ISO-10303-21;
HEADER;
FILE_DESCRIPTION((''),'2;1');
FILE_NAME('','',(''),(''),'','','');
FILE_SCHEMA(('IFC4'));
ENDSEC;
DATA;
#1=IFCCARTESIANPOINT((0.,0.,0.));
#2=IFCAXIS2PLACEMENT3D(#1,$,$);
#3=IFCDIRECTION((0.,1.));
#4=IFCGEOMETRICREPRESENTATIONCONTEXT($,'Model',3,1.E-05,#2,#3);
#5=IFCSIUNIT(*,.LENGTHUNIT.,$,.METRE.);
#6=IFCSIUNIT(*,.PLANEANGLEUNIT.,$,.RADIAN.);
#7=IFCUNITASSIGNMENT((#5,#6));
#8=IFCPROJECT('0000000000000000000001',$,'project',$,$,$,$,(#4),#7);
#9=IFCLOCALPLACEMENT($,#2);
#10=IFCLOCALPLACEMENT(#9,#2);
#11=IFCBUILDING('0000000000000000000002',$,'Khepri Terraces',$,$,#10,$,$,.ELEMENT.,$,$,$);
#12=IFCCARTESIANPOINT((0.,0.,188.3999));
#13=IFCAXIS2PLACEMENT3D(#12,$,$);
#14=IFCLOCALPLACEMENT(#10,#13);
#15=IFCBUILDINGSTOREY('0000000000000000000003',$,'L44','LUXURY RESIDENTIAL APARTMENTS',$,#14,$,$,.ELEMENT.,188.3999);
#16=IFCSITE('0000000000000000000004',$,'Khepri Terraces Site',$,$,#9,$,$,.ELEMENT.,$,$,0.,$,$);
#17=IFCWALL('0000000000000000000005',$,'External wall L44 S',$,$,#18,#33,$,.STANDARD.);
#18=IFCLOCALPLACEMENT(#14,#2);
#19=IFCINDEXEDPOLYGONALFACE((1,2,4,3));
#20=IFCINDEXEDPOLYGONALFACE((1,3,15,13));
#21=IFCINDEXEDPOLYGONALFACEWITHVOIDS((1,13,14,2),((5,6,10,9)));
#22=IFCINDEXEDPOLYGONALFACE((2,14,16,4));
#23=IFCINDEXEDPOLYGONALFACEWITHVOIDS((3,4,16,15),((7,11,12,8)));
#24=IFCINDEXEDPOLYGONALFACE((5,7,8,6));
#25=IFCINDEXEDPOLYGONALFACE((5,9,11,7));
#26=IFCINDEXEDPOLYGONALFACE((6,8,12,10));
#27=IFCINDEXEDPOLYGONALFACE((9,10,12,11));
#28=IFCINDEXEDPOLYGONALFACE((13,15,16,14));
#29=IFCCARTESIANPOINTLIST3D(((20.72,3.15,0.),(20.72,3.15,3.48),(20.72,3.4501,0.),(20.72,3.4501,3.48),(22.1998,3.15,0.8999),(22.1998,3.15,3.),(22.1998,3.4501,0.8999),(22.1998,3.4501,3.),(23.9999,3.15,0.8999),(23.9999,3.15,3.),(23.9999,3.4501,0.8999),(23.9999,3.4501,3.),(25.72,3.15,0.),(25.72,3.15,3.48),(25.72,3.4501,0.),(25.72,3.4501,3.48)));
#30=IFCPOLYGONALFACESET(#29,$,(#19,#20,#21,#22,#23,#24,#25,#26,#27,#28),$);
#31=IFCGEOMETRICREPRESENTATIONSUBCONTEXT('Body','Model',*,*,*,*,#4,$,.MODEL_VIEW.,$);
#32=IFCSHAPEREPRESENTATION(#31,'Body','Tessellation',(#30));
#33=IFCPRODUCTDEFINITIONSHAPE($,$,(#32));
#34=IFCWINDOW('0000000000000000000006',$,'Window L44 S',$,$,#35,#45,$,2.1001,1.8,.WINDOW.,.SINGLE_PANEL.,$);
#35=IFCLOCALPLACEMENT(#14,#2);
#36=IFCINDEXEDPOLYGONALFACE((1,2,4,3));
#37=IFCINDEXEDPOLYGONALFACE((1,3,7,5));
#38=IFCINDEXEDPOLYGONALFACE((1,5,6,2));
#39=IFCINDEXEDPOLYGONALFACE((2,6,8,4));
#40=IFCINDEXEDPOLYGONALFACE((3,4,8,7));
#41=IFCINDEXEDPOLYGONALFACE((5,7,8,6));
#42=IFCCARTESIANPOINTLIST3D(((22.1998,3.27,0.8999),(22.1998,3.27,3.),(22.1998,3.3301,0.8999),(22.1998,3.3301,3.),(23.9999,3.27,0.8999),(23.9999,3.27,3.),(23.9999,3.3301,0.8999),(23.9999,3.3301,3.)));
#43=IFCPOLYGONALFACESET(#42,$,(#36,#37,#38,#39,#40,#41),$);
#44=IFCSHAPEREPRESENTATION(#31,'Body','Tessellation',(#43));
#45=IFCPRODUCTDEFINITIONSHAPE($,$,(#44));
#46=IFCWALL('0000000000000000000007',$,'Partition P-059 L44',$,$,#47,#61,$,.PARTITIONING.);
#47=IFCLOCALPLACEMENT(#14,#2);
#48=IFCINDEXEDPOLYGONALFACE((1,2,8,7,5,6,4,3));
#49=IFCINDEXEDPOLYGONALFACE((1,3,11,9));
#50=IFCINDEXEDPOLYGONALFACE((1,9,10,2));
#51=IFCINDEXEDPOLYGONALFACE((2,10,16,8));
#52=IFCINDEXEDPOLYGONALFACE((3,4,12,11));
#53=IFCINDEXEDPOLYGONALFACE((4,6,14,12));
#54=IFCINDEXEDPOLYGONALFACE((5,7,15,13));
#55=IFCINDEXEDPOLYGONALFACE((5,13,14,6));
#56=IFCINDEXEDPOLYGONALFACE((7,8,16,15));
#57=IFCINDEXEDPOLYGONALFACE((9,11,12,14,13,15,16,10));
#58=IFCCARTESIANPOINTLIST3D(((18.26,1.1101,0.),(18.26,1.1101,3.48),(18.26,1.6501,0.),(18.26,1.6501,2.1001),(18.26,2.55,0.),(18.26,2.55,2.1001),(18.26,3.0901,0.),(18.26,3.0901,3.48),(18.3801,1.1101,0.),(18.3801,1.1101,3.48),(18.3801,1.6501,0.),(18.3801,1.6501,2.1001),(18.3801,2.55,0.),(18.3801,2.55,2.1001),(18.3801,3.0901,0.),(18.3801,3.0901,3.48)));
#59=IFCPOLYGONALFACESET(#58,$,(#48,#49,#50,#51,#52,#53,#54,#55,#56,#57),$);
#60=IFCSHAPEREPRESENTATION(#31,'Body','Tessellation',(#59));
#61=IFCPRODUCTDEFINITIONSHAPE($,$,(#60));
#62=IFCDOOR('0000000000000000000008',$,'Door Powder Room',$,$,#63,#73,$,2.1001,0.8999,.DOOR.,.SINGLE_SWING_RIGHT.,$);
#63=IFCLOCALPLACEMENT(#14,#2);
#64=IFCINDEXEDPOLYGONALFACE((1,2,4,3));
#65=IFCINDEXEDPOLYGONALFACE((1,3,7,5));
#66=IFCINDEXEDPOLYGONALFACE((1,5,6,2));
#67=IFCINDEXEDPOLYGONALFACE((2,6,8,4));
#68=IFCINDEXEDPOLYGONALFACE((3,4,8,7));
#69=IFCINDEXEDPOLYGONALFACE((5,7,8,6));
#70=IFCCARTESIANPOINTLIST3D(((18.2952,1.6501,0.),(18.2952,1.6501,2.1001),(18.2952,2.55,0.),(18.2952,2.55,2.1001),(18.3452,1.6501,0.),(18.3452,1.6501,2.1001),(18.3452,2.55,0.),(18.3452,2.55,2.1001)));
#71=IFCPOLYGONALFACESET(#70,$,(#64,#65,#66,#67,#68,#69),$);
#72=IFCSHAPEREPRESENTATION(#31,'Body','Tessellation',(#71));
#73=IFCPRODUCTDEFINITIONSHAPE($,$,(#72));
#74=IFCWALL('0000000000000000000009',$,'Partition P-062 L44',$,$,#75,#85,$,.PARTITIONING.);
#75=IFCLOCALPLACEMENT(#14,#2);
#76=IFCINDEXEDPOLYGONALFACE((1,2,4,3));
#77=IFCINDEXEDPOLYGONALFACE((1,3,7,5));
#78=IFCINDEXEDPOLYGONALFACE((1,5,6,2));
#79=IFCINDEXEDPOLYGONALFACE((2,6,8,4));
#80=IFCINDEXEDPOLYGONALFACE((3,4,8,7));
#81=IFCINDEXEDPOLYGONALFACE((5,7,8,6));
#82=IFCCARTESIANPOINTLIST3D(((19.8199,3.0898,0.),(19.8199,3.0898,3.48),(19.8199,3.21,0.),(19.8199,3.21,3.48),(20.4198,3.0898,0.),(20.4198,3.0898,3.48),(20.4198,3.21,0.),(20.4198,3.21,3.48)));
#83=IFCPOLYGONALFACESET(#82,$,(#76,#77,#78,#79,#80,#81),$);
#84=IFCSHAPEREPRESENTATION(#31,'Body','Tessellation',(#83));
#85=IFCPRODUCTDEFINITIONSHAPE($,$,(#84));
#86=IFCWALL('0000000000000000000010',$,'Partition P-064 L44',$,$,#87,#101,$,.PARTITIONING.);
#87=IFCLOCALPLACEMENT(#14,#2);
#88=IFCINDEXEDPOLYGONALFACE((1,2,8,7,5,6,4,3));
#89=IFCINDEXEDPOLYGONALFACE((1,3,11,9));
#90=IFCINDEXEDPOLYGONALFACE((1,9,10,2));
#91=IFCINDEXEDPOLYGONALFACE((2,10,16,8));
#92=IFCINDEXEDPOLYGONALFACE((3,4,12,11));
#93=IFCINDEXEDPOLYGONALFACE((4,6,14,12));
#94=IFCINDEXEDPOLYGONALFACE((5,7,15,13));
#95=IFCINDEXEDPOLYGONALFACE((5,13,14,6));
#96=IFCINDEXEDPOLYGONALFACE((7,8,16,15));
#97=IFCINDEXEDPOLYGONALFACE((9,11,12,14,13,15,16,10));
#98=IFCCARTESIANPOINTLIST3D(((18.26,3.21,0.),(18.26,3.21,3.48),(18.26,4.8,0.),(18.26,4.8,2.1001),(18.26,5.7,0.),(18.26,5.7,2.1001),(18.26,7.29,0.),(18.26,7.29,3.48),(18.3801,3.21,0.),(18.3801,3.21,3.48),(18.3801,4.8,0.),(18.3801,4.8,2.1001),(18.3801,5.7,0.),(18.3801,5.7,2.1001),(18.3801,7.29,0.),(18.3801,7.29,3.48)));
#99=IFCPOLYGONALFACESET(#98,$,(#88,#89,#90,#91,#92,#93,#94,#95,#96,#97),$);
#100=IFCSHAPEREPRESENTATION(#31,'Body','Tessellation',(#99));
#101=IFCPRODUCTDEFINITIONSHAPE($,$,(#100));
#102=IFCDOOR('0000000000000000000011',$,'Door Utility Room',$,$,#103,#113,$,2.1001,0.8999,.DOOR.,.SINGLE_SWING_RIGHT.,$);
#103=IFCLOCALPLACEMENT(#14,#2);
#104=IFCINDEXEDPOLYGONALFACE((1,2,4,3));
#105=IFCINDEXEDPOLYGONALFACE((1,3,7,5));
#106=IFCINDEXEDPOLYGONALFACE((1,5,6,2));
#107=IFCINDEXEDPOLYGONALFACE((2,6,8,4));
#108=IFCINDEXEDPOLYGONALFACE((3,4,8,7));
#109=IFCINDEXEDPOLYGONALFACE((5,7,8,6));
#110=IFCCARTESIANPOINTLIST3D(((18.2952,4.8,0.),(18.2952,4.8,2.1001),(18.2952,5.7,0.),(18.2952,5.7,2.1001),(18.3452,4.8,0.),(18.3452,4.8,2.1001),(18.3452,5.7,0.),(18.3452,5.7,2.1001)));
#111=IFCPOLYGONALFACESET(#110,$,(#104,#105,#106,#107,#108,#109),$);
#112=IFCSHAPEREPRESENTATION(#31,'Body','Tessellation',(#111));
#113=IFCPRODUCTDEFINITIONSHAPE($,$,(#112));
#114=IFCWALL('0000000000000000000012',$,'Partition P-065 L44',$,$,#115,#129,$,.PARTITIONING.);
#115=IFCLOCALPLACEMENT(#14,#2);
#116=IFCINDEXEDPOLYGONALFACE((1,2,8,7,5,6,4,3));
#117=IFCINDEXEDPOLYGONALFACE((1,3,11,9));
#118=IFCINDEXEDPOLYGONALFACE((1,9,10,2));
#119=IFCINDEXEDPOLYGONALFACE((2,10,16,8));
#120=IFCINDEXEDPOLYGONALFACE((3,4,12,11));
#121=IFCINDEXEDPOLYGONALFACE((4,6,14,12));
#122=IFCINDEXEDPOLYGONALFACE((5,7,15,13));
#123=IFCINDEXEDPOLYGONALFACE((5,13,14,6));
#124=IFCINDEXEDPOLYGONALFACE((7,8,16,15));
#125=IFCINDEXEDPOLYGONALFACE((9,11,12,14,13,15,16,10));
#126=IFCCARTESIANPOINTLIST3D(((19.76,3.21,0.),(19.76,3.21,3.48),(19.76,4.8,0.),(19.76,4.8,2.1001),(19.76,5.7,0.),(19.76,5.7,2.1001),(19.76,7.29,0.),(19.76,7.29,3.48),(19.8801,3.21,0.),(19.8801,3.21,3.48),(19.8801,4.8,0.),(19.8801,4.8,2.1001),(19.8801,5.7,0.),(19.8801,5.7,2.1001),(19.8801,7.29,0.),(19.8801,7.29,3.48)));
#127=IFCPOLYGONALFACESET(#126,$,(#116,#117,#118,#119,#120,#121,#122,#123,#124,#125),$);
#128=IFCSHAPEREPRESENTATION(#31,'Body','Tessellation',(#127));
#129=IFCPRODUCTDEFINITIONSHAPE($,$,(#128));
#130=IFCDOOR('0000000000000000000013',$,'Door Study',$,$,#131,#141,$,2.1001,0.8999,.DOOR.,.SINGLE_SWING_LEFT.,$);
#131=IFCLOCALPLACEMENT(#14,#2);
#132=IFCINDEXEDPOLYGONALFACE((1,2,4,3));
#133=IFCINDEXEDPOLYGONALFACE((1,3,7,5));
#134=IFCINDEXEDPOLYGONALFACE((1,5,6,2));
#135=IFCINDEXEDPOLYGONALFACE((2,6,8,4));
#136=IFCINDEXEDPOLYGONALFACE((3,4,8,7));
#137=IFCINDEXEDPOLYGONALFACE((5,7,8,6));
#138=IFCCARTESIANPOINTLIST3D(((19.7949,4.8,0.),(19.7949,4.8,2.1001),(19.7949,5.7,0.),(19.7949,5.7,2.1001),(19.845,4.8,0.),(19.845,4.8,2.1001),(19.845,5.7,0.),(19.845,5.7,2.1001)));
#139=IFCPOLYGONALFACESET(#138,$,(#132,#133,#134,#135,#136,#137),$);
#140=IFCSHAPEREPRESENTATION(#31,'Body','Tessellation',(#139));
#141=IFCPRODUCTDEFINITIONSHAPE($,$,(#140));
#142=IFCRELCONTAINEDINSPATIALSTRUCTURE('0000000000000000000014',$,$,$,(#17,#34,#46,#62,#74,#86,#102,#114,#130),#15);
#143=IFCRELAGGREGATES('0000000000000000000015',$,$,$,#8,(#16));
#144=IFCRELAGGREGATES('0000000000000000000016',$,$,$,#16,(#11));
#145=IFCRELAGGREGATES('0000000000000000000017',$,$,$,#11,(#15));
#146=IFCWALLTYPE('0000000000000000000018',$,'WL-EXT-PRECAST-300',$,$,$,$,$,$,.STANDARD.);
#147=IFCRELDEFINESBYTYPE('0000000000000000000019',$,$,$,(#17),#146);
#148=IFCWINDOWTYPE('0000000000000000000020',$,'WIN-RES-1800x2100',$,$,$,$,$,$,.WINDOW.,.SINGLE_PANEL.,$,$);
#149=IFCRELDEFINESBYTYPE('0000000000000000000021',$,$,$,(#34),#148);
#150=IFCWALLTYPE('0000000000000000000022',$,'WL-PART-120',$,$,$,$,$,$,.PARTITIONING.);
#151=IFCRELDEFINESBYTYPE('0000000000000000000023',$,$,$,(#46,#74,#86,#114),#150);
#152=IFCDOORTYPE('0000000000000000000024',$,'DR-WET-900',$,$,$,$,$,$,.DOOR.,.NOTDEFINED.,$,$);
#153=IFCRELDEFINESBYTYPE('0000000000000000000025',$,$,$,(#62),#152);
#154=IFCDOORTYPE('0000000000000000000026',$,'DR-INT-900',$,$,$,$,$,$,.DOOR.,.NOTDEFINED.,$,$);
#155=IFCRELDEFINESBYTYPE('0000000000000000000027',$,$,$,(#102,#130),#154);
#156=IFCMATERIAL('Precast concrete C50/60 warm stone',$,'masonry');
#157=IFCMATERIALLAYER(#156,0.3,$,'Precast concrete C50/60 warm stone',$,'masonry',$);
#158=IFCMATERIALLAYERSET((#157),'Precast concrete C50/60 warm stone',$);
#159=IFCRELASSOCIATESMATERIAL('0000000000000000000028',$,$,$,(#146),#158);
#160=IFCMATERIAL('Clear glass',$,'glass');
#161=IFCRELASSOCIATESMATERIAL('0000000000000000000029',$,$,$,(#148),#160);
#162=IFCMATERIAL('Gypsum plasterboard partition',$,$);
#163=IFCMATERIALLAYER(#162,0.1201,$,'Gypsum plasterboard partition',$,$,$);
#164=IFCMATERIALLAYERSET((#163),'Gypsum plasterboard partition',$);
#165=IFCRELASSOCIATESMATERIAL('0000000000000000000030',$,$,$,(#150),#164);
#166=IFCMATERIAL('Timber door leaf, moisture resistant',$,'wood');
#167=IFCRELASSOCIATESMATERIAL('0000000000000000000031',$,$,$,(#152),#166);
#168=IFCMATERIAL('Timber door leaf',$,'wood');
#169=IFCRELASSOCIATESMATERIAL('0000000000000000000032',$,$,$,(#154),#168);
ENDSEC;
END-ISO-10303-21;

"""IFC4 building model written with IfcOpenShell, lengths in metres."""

from ifc_helpers import new_model, si_unit, direction, frame, frame_2d, origin, place, context, subcontext, project, spatial, rectangle, extrude, material, layer, layer_set, type_object, element, fill, save


model = new_model("IFC4")

# Units and contexts
model_context = context("Model", 3, precision=1e-05, world=origin(), true_north=direction((0.0, 1.0)))
body_context = subcontext(model_context, "Body", "Model", "MODEL_VIEW")
ifc_project = project(units=[si_unit("LENGTHUNIT", "METRE"), si_unit("PLANEANGLEUNIT", "RADIAN")], contexts=[model_context])

# Site, building, storey
site_placement = place(None, origin())
site = spatial("IfcSite", under=ifc_project, at=site_placement, Name="Khepri Terraces Site", CompositionType="ELEMENT", RefElevation=0.0)
building_placement = place(site_placement, origin())
building = spatial("IfcBuilding", under=site, at=building_placement, Name="Khepri Terraces", CompositionType="ELEMENT")
storey_placement = place(building_placement, frame((0.0, 0.0, 188.3999)))
storey = spatial("IfcBuildingStorey", under=building, at=storey_placement, Name="L44", Description="LUXURY RESIDENTIAL APARTMENTS", CompositionType="ELEMENT", Elevation=188.3999)

# Wall, opening, window
ifc_material_1 = material(Name="Precast concrete C50/60 warm stone", Category="masonry")
ifc_layer_1 = layer(ifc_material_1, 0.3, Name="Precast concrete C50/60 warm stone", Category="masonry")
ifc_layer_set_1 = layer_set([ifc_layer_1], Name="Precast concrete C50/60 warm stone")
wall_type_1 = type_object("IfcWallType", Name="WL-EXT-PRECAST-300", PredefinedType="STANDARD", material=ifc_layer_set_1)
wall_1_placement = place(storey_placement, frame((20.72, 3.3, 0.0), z_axis=(0.0, 0.0, 1.0), x_axis=(1.0, 0.0, 0.0)))
wall_1 = element("IfcWall", 1, at=wall_1_placement, inside=storey, type_object=wall_type_1, Name="External wall L44 S", PredefinedType="STANDARD", context=body_context, shape_type="SweptSolid", body=[
    extrude(rectangle(XDim=5.0, YDim=0.3, at=frame_2d((2.5, 0.0))), origin(), (0.0, 0.0, 1.0), 3.48),
])
opening_1_placement = place(wall_1_placement, frame((1.48, 0.0, 0.8999)))
opening_1 = element("IfcOpeningElement", 2, at=opening_1_placement, cuts=wall_1, PredefinedType="OPENING", context=body_context, shape_type="SweptSolid", body=[
    extrude(rectangle(XDim=1.8, YDim=2.1001, at=frame_2d((0.8999, 1.05))), frame((0.0, 0.1602, 0.0), z_axis=(0.0, -1.0, 0.0), x_axis=(1.0, 0.0, 0.0)), (0.0, 0.0, 1.0), 0.3201),
])
ifc_material_2 = material(Name="Clear glass", Category="glass")
window_type = type_object("IfcWindowType", Name="WIN-RES-1800x2100", PartitioningType="SINGLE_PANEL", PredefinedType="WINDOW", material=ifc_material_2)
window_placement = place(opening_1_placement, origin())
window = element("IfcWindow", 3, at=window_placement, inside=storey, type_object=window_type, Name="Window L44 S", OverallHeight=2.1001, OverallWidth=1.8, PartitioningType="SINGLE_PANEL", PredefinedType="WINDOW", context=body_context, shape_type="SweptSolid", body=[
    extrude(rectangle(XDim=1.8, YDim=2.1001, at=frame_2d((0.8999, 1.05))), frame((0.0, 0.03, 0.0), z_axis=(0.0, -1.0, 0.0), x_axis=(1.0, 0.0, 0.0)), (0.0, 0.0, 1.0), 0.0601),
])
fill(opening_1, window)

# Wall, opening, door
ifc_material_3 = material(Name="Gypsum plasterboard partition")
ifc_layer_2 = layer(ifc_material_3, 0.1201, Name="Gypsum plasterboard partition")
ifc_layer_set_2 = layer_set([ifc_layer_2], Name="Gypsum plasterboard partition")
wall_type_2 = type_object("IfcWallType", Name="WL-PART-120", PredefinedType="PARTITIONING", material=ifc_layer_set_2)
wall_2_placement = place(storey_placement, frame((18.3201, 1.1101, 0.0), z_axis=(0.0, 0.0, 1.0), x_axis=(0.0, 1.0, 0.0)))
wall_2 = element("IfcWall", 4, at=wall_2_placement, inside=storey, type_object=wall_type_2, Name="Partition P-059 L44", PredefinedType="PARTITIONING", context=body_context, shape_type="SweptSolid", body=[
    extrude(rectangle(XDim=1.98, YDim=0.1201, at=frame_2d((0.99, 0.0))), origin(), (0.0, 0.0, 1.0), 3.48),
])
opening_2_placement = place(wall_2_placement, frame((0.54, 0.0, 0.0)))
opening_2 = element("IfcOpeningElement", 5, at=opening_2_placement, cuts=wall_2, PredefinedType="OPENING", context=body_context, shape_type="SweptSolid", body=[
    extrude(rectangle(XDim=0.8999, YDim=2.1001, at=frame_2d((0.45, 1.05))), frame((0.0, 0.0701, 0.0), z_axis=(0.0, -1.0, 0.0), x_axis=(1.0, 0.0, 0.0)), (0.0, 0.0, 1.0), 0.1401),
])
ifc_material_4 = material(Name="Timber door leaf, moisture resistant", Category="wood")
door_type_1 = type_object("IfcDoorType", Name="DR-WET-900", OperationType="NOTDEFINED", PredefinedType="DOOR", material=ifc_material_4)
door_1_placement = place(opening_2_placement, origin())
door_1 = element("IfcDoor", 6, at=door_1_placement, inside=storey, type_object=door_type_1, Name="Door Powder Room", OperationType="SINGLE_SWING_RIGHT", OverallHeight=2.1001, OverallWidth=0.8999, PredefinedType="DOOR", context=body_context, shape_type="SweptSolid", body=[
    extrude(rectangle(XDim=0.8999, YDim=2.1001, at=frame_2d((0.45, 1.05))), frame((0.0, 0.0249, 0.0), z_axis=(0.0, -1.0, 0.0), x_axis=(1.0, 0.0, 0.0)), (0.0, 0.0, 1.0), 0.05),
])
fill(opening_2, door_1)

# Wall
wall_3_placement = place(storey_placement, frame((19.8201, 3.1499, 0.0), z_axis=(0.0, 0.0, 1.0), x_axis=(1.0, 0.0, 0.0)))
element("IfcWall", 7, at=wall_3_placement, inside=storey, type_object=wall_type_2, Name="Partition P-062 L44", PredefinedType="PARTITIONING", context=body_context, shape_type="SweptSolid", body=[
    extrude(rectangle(XDim=0.5999, YDim=0.1201, at=frame_2d((0.2998, 0.0))), origin(), (0.0, 0.0, 1.0), 3.48),
])

# Walls, openings, doors
wall_4_placement = place(storey_placement, frame((18.3201, 3.21, 0.0), z_axis=(0.0, 0.0, 1.0), x_axis=(0.0, 1.0, 0.0)))
wall_4 = element("IfcWall", 8, at=wall_4_placement, inside=storey, type_object=wall_type_2, Name="Partition P-064 L44", PredefinedType="PARTITIONING", context=body_context, shape_type="SweptSolid", body=[
    extrude(rectangle(XDim=4.0801, YDim=0.1201, at=frame_2d((2.04, 0.0))), origin(), (0.0, 0.0, 1.0), 3.48),
])
opening_3_placement = place(wall_4_placement, frame((1.5901, 0.0, 0.0)))
opening_3 = element("IfcOpeningElement", 9, at=opening_3_placement, cuts=wall_4, PredefinedType="OPENING", context=body_context, shape_type="SweptSolid", body=[
    extrude(rectangle(XDim=0.8999, YDim=2.1001, at=frame_2d((0.45, 1.05))), frame((0.0, 0.0701, 0.0), z_axis=(0.0, -1.0, 0.0), x_axis=(1.0, 0.0, 0.0)), (0.0, 0.0, 1.0), 0.1401),
])
ifc_material_5 = material(Name="Timber door leaf", Category="wood")
door_type_2 = type_object("IfcDoorType", Name="DR-INT-900", OperationType="NOTDEFINED", PredefinedType="DOOR", material=ifc_material_5)
door_2_placement = place(opening_3_placement, origin())
door_2 = element("IfcDoor", 10, at=door_2_placement, inside=storey, type_object=door_type_2, Name="Door Utility Room", OperationType="SINGLE_SWING_RIGHT", OverallHeight=2.1001, OverallWidth=0.8999, PredefinedType="DOOR", context=body_context, shape_type="SweptSolid", body=[
    extrude(rectangle(XDim=0.8999, YDim=2.1001, at=frame_2d((0.45, 1.05))), frame((0.0, 0.0249, 0.0), z_axis=(0.0, -1.0, 0.0), x_axis=(1.0, 0.0, 0.0)), (0.0, 0.0, 1.0), 0.05),
])
fill(opening_3, door_2)
wall_5_placement = place(storey_placement, frame((19.8201, 3.21, 0.0), z_axis=(0.0, 0.0, 1.0), x_axis=(0.0, 1.0, 0.0)))
wall_5 = element("IfcWall", 11, at=wall_5_placement, inside=storey, type_object=wall_type_2, Name="Partition P-065 L44", PredefinedType="PARTITIONING", context=body_context, shape_type="SweptSolid", body=[
    extrude(rectangle(XDim=4.0801, YDim=0.1201, at=frame_2d((2.04, 0.0))), origin(), (0.0, 0.0, 1.0), 3.48),
])
opening_4_placement = place(wall_5_placement, frame((1.5901, 0.0, 0.0)))
opening_4 = element("IfcOpeningElement", 12, at=opening_4_placement, cuts=wall_5, PredefinedType="OPENING", context=body_context, shape_type="SweptSolid", body=[
    extrude(rectangle(XDim=0.8999, YDim=2.1001, at=frame_2d((0.45, 1.05))), frame((0.0, 0.0701, 0.0), z_axis=(0.0, -1.0, 0.0), x_axis=(1.0, 0.0, 0.0)), (0.0, 0.0, 1.0), 0.1401),
])
door_3_placement = place(opening_4_placement, frame((0.8999, 0.0, 0.0), z_axis=(0.0, 0.0, 1.0), x_axis=(-1.0, 0.0, 0.0)))
door_3 = element("IfcDoor", 13, at=door_3_placement, inside=storey, type_object=door_type_2, Name="Door Study", OperationType="SINGLE_SWING_LEFT", OverallHeight=2.1001, OverallWidth=0.8999, PredefinedType="DOOR", context=body_context, shape_type="SweptSolid", body=[
    extrude(rectangle(XDim=0.8999, YDim=2.1001, at=frame_2d((0.45, 1.05))), frame((0.0, 0.0249, 0.0), z_axis=(0.0, -1.0, 0.0), x_axis=(1.0, 0.0, 0.0)), (0.0, 0.0, 1.0), 0.05),
])
fill(opening_4, door_3)

save(model, "model.ifc")
